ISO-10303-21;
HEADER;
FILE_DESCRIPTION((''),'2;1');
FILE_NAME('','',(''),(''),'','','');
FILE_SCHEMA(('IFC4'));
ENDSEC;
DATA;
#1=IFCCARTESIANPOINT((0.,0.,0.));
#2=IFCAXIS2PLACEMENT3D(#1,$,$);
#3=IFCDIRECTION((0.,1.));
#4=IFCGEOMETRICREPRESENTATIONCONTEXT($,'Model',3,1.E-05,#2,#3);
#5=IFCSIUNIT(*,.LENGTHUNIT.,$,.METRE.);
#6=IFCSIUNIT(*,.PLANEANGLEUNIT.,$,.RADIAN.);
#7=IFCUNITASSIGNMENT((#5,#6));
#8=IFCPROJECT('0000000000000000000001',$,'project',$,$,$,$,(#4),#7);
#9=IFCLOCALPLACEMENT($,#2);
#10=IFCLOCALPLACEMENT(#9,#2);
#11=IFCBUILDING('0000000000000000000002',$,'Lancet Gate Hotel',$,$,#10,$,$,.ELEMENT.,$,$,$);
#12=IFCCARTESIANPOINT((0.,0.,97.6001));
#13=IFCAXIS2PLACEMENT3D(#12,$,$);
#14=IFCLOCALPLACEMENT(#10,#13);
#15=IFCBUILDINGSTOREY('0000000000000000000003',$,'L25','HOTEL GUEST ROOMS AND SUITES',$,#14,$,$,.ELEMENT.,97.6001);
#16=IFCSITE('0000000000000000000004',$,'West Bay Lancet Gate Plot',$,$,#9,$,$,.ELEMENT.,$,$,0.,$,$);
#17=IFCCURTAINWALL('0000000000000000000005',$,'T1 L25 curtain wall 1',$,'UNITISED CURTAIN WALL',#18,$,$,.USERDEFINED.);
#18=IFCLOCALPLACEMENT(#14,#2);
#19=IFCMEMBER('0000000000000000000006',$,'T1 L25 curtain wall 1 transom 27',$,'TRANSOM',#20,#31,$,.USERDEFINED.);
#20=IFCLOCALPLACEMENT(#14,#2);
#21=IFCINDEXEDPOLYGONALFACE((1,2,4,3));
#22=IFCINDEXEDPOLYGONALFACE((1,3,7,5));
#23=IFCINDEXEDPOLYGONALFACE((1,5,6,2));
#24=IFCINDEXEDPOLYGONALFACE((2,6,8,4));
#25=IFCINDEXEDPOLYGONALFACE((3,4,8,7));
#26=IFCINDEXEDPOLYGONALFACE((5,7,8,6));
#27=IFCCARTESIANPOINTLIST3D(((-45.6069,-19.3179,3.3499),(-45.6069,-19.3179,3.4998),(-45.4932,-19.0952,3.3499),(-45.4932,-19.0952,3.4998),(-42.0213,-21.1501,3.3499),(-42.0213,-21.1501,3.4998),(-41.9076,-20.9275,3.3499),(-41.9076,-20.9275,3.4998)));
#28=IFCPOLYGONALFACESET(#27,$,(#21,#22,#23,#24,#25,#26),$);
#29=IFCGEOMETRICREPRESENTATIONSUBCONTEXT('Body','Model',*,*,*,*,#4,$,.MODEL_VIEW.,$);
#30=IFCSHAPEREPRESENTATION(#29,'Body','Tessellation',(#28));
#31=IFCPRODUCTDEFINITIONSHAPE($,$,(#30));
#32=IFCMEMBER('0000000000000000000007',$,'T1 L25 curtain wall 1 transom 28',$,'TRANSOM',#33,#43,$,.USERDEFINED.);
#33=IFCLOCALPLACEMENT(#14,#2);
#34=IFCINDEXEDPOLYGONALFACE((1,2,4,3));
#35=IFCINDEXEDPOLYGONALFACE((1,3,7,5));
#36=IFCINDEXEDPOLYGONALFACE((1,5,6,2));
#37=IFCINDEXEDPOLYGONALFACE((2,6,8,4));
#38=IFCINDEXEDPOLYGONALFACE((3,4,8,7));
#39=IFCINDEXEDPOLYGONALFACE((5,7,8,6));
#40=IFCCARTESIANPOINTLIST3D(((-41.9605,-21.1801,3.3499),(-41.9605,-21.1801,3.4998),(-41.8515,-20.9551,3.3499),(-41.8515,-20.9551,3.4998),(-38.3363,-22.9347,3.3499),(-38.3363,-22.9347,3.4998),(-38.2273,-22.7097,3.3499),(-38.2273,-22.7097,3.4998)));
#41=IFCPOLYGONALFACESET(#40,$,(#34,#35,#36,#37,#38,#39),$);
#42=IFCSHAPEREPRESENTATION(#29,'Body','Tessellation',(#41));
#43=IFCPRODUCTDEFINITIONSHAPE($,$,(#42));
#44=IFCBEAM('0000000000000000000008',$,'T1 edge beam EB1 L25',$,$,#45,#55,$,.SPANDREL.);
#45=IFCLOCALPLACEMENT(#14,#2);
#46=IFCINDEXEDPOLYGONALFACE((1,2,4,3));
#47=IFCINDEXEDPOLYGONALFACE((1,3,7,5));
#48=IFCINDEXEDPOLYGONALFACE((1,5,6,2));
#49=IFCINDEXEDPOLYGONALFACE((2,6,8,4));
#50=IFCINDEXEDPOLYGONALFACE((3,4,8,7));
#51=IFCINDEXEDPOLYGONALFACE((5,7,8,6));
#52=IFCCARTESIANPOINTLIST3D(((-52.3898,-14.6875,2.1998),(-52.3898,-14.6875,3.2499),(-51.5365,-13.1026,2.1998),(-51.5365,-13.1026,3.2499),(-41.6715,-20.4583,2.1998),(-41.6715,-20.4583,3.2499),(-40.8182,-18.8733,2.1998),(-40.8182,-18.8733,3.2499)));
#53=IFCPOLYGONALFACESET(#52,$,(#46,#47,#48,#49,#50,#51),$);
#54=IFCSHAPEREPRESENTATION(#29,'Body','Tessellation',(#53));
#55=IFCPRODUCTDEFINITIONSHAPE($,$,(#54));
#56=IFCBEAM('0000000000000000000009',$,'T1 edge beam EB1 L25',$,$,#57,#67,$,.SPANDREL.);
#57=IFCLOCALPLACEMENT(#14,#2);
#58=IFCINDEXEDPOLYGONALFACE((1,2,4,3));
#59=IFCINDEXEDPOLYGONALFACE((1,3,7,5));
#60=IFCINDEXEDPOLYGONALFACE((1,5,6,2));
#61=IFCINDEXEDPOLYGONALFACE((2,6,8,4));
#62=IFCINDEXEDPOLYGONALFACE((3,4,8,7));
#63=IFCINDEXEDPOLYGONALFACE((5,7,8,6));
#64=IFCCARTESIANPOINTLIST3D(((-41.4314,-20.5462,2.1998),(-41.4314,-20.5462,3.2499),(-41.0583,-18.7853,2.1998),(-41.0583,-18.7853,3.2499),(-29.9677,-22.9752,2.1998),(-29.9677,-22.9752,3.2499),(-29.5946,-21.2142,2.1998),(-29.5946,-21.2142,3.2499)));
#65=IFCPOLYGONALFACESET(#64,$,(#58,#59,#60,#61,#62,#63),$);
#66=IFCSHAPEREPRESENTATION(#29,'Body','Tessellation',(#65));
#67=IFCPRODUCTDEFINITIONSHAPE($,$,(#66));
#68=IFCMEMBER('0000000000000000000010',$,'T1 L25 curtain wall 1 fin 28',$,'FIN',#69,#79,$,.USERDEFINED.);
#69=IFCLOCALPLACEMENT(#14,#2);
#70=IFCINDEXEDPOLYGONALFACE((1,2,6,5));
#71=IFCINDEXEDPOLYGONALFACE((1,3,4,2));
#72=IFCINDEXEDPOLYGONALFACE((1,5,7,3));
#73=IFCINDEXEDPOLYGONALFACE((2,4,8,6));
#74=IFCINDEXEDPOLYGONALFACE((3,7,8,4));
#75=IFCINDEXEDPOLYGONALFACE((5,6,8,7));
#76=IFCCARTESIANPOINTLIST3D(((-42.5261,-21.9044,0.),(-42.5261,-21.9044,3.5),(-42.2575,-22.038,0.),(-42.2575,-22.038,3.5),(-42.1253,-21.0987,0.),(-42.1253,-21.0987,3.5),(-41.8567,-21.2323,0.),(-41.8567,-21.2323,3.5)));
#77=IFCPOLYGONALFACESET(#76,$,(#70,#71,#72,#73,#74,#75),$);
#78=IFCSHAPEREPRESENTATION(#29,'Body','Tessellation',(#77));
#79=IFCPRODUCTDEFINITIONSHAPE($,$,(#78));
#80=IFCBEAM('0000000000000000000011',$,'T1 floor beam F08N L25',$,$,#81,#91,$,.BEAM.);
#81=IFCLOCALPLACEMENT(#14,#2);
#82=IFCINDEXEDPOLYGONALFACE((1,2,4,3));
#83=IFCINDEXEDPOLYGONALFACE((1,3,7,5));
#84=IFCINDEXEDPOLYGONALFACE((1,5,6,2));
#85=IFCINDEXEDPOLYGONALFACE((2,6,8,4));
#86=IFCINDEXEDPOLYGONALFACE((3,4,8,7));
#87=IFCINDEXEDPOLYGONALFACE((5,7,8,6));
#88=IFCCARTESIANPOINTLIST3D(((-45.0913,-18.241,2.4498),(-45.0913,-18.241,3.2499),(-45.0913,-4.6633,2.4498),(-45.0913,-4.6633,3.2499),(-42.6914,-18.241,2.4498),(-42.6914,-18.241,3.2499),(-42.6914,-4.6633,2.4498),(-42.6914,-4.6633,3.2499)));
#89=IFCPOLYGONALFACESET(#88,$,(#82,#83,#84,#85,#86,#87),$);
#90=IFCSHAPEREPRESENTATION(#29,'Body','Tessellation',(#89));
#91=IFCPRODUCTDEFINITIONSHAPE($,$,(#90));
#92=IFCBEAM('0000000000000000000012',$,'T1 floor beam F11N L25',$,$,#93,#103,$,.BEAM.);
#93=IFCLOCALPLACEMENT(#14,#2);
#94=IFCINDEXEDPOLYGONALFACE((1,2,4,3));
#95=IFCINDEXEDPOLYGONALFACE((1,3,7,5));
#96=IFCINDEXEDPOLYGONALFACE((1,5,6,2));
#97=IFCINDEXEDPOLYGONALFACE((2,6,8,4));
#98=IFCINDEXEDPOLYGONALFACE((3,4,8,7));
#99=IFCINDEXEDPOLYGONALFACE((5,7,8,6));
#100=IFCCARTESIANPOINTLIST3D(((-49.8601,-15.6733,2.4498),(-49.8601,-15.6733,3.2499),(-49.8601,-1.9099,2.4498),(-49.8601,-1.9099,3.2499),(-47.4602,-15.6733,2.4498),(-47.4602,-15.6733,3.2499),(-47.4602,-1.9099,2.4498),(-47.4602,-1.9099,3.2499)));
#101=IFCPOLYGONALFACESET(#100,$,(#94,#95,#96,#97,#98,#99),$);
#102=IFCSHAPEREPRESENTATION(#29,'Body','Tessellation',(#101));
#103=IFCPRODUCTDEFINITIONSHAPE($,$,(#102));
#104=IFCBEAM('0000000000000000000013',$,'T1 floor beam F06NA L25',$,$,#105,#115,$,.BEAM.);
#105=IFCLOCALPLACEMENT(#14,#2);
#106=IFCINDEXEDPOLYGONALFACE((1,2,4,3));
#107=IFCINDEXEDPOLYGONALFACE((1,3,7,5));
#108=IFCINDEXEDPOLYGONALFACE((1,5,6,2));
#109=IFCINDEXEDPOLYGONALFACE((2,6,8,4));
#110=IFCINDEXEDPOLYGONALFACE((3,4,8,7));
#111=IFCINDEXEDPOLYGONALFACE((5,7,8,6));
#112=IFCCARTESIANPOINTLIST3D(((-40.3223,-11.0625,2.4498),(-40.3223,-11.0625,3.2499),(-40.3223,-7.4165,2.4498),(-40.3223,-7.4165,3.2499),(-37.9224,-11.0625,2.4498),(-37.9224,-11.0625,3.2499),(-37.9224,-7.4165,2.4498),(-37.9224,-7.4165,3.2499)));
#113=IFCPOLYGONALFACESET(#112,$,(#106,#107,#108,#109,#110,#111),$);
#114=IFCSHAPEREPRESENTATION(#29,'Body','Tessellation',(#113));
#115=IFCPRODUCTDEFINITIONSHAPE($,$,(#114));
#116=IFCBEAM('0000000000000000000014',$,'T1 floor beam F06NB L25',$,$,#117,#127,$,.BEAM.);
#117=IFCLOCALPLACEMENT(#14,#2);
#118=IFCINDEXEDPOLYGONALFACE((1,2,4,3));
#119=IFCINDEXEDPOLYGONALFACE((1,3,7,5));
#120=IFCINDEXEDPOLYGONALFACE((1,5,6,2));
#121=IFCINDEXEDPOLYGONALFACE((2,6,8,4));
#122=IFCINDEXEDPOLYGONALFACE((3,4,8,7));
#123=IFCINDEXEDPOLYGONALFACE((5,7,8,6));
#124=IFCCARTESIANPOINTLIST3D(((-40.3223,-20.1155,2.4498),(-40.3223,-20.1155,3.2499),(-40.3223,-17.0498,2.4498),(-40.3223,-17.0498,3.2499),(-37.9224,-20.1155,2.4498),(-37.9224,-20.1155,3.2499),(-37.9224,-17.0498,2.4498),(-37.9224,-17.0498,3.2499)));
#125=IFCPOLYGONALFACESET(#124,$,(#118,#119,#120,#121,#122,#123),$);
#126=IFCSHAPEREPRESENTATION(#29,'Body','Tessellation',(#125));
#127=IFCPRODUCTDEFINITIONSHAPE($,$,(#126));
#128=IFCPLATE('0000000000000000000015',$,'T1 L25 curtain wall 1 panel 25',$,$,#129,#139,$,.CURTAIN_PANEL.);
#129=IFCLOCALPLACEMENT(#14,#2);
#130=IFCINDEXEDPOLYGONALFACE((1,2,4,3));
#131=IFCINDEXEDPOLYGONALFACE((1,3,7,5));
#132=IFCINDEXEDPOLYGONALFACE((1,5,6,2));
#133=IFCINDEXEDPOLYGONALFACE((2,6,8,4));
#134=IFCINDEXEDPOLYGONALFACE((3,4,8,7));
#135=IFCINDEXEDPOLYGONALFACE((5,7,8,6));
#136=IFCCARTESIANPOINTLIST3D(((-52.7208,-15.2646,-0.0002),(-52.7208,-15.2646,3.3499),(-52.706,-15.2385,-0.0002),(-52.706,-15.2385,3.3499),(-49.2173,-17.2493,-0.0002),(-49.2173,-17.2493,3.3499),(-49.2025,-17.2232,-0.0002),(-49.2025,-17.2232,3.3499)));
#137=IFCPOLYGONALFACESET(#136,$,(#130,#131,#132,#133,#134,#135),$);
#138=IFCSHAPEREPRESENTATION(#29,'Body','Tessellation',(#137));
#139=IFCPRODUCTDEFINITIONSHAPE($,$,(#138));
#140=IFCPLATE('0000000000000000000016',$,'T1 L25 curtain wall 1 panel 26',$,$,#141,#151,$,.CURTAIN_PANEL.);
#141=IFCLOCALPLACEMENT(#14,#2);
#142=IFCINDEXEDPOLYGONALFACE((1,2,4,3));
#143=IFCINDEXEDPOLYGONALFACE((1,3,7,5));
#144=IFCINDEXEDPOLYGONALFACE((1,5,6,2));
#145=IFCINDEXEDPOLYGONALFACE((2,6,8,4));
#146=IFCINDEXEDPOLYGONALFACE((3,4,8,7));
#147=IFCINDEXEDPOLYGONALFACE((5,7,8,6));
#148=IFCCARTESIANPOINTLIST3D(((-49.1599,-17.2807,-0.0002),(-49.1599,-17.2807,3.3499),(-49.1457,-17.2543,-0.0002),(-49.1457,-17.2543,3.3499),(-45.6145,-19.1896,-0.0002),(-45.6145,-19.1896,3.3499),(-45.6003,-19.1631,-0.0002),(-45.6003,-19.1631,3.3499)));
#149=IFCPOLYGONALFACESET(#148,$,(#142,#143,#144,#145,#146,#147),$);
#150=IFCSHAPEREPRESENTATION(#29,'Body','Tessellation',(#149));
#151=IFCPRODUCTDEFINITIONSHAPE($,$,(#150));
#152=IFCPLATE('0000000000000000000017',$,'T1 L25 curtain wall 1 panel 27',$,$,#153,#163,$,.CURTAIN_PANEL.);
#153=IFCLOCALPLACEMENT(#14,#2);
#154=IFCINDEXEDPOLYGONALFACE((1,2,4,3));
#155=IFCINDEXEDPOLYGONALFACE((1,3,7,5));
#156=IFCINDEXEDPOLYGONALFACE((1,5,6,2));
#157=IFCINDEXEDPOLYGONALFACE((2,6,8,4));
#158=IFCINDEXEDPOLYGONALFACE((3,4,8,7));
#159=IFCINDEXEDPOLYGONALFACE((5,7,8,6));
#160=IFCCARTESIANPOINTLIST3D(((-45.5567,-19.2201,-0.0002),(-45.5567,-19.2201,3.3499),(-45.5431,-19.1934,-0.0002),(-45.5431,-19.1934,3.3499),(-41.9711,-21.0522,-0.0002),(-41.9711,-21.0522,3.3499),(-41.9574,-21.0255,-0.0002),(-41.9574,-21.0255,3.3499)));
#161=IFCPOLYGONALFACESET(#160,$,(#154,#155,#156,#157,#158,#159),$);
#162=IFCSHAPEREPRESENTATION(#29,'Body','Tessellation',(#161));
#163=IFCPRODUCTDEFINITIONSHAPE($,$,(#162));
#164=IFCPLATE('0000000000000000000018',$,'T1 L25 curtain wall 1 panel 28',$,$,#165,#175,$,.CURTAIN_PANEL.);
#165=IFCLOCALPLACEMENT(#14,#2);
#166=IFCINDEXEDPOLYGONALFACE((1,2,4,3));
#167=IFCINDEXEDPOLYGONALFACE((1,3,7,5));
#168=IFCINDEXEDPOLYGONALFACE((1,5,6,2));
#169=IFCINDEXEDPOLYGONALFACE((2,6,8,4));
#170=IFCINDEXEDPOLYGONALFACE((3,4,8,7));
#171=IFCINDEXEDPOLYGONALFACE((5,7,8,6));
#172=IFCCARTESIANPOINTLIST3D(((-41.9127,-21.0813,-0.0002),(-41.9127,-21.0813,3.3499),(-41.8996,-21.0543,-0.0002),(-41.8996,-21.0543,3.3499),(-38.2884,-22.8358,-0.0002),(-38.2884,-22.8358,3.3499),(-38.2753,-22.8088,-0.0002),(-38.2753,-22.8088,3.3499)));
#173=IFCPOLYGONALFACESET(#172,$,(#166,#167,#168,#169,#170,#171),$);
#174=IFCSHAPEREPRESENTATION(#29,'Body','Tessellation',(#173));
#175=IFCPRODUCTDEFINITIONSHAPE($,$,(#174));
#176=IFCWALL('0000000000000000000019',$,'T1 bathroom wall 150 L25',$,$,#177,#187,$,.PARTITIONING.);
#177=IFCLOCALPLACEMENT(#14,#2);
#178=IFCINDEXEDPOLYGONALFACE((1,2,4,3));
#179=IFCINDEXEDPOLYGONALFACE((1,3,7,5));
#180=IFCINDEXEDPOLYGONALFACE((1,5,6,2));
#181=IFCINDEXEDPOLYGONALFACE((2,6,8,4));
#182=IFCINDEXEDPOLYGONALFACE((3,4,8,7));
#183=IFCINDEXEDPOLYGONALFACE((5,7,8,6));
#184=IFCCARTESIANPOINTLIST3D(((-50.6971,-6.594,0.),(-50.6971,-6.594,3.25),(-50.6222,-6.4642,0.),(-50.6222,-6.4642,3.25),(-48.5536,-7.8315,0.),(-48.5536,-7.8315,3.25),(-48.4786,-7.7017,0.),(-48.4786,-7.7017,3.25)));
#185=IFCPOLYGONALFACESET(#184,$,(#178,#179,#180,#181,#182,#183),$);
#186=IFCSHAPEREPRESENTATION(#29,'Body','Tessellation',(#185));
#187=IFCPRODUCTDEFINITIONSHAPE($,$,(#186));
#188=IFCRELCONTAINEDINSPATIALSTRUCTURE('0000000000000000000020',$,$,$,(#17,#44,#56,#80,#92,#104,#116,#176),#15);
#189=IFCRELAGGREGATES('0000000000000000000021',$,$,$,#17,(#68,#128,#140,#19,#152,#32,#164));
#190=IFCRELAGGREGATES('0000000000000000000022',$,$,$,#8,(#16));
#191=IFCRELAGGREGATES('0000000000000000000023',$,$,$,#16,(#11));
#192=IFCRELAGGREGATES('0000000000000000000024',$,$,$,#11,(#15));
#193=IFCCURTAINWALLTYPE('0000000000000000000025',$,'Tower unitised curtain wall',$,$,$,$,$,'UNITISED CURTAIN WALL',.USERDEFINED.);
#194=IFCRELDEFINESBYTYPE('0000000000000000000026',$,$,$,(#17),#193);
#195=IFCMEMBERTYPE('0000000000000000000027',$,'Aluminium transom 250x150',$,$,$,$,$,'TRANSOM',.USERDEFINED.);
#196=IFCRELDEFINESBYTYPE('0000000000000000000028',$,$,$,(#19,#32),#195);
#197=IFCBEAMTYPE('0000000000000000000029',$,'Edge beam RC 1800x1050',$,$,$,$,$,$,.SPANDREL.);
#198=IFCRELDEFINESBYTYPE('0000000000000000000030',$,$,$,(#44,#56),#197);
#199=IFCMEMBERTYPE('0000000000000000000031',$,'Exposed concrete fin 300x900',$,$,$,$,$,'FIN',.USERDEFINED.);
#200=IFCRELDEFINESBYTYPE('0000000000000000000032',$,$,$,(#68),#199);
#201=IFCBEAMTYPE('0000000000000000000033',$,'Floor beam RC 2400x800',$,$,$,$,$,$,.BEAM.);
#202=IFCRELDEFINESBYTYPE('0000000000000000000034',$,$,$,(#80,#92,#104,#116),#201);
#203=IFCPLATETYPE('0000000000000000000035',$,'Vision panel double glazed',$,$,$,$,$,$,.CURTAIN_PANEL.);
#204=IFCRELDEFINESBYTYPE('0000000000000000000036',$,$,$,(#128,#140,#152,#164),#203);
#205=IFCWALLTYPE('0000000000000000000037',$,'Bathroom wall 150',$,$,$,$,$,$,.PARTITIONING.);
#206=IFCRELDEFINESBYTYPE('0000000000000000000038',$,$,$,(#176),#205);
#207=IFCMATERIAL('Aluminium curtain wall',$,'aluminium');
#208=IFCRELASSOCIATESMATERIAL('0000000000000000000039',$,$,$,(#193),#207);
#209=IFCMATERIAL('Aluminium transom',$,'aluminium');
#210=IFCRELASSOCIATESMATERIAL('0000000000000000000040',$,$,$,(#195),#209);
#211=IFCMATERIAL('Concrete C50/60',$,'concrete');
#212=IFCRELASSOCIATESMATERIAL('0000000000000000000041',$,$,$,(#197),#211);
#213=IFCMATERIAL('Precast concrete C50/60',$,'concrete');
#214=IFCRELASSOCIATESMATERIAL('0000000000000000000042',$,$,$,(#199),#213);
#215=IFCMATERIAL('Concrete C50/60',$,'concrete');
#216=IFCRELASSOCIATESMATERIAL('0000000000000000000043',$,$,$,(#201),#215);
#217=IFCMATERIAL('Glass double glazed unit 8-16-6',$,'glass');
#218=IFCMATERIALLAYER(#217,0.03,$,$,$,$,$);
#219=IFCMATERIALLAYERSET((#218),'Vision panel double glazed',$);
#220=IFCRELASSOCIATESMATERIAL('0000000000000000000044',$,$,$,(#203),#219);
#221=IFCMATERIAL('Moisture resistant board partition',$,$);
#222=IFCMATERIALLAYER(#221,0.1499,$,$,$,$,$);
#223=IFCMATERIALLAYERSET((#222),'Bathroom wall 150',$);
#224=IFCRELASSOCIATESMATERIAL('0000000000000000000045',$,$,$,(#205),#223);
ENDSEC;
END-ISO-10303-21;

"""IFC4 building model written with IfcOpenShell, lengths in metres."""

from ifc_helpers import new_model, si_unit, direction, frame, frame_2d, origin, origin_2d, place, context, subcontext, project, spatial, rectangle, extrude, material, layer, layer_set, material_profile, profile_set, type_object, element, aggregate, save


model = new_model("IFC4")

# Units and contexts
model_context = context("Model", 3, precision=1e-05, world=origin(), true_north=direction((0.0, 1.0)))
body_context = subcontext(model_context, "Body", "Model", "MODEL_VIEW")
ifc_project = project(units=[si_unit("LENGTHUNIT", "METRE"), si_unit("PLANEANGLEUNIT", "RADIAN")], contexts=[model_context])

# Site, building, storey
site_placement = place(None, origin())
site = spatial("IfcSite", under=ifc_project, at=site_placement, Name="West Bay Lancet Gate Plot", CompositionType="ELEMENT", RefElevation=0.0)
building_placement = place(site_placement, origin())
building = spatial("IfcBuilding", under=site, at=building_placement, Name="Lancet Gate Hotel", CompositionType="ELEMENT")
storey_placement = place(building_placement, frame((0.0, 0.0, 97.6001)))
storey = spatial("IfcBuildingStorey", under=building, at=storey_placement, Name="L25", Description="HOTEL GUEST ROOMS AND SUITES", CompositionType="ELEMENT", Elevation=97.6001)

# Curtain wall, members
ifc_material_1 = material(Name="Aluminium curtain wall", Category="aluminium")
curtain_wall_type = type_object("IfcCurtainWallType", Name="Tower unitised curtain wall", ElementType="UNITISED CURTAIN WALL", PredefinedType="USERDEFINED", material=ifc_material_1)
curtain_wall_placement = place(storey_placement, origin())
curtain_wall = element("IfcCurtainWall", 1, at=curtain_wall_placement, inside=storey, type_object=curtain_wall_type, Name="T1 L25 curtain wall 1", ObjectType="UNITISED CURTAIN WALL", PredefinedType="USERDEFINED")
ifc_material_2 = material(Name="Aluminium transom", Category="aluminium")
ifc_material_profile_1 = material_profile(ifc_material_2, rectangle(XDim=0.25, YDim=0.1499, at=origin_2d()), Name="TRANSOM 250x150")
ifc_profile_set_1 = profile_set([ifc_material_profile_1], Name="Aluminium transom")
member_type_1 = type_object("IfcMemberType", Name="Aluminium transom 250x150", ElementType="TRANSOM", PredefinedType="USERDEFINED", material=ifc_profile_set_1)
member_1_placement = place(storey_placement, frame((-45.55, -19.2065, 3.4248), z_axis=(0.890476, -0.45503, 0.0), x_axis=(0.45503, 0.890476, 0.0)))
member_1 = element("IfcMember", 2, at=member_1_placement, type_object=member_type_1, Name="T1 L25 curtain wall 1 transom 27", ObjectType="TRANSOM", PredefinedType="USERDEFINED", context=body_context, shape_type="SweptSolid", body=[
    extrude(rectangle(XDim=0.25, YDim=0.1499, at=origin_2d()), origin(), (0.0, 0.0, 1.0), 4.0266),
])
member_2_placement = place(storey_placement, frame((-41.906, -21.0676, 3.4248), z_axis=(0.900066, -0.435754, 0.0), x_axis=(0.435754, 0.900066, 0.0)))
member_2 = element("IfcMember", 3, at=member_2_placement, type_object=member_type_1, Name="T1 L25 curtain wall 1 transom 28", ObjectType="TRANSOM", PredefinedType="USERDEFINED", context=body_context, shape_type="SweptSolid", body=[
    extrude(rectangle(XDim=0.25, YDim=0.1499, at=origin_2d()), origin(), (0.0, 0.0, 1.0), 4.0266),
])

# Beams
ifc_material_3 = material(Name="Concrete C50/60", Category="concrete")
ifc_material_profile_2 = material_profile(ifc_material_3, rectangle(XDim=1.8, YDim=1.05, at=origin_2d()), Name="RC 1800x1050")
ifc_profile_set_2 = profile_set([ifc_material_profile_2], Name="Concrete C50/60")
beam_type_1 = type_object("IfcBeamType", Name="Edge beam RC 1800x1050", PredefinedType="SPANDREL", material=ifc_profile_set_2)
beam_1_placement = place(storey_placement, frame((-51.9631, -13.895, 2.7249), z_axis=(0.880492, -0.47406, 0.0), x_axis=(0.47406, 0.880492, 0.0)))
element("IfcBeam", 4, at=beam_1_placement, inside=storey, type_object=beam_type_1, Name="T1 edge beam EB1 L25", PredefinedType="SPANDREL", context=body_context, shape_type="SweptSolid", body=[
    extrude(rectangle(XDim=1.8, YDim=1.05, at=origin_2d()), origin(), (0.0, 0.0, 1.0), 12.1731),
])
beam_2_placement = place(storey_placement, frame((-41.2449, -19.6658, 2.7249), z_axis=(0.978282, -0.207278, 0.0), x_axis=(0.207278, 0.978282, 0.0)))
element("IfcBeam", 5, at=beam_2_placement, inside=storey, type_object=beam_type_1, Name="T1 edge beam EB1 L25", PredefinedType="SPANDREL", context=body_context, shape_type="SweptSolid", body=[
    extrude(rectangle(XDim=1.8, YDim=1.05, at=origin_2d()), origin(), (0.0, 0.0, 1.0), 11.7183),
])

# Member
ifc_material_4 = material(Name="Precast concrete C50/60", Category="concrete")
ifc_material_profile_3 = material_profile(ifc_material_4, rectangle(XDim=0.3, YDim=0.8999, at=origin_2d()), Name="FIN 300x900")
ifc_profile_set_3 = profile_set([ifc_material_profile_3], Name="Precast concrete C50/60")
member_type_2 = type_object("IfcMemberType", Name="Exposed concrete fin 300x900", ElementType="FIN", PredefinedType="USERDEFINED", material=ifc_profile_set_3)
member_3_placement = place(storey_placement, frame((-42.1914, -21.5684, 0.0), z_axis=(0.0, 0.0, 1.0), x_axis=(0.895339, -0.445384, 0.0)))
member_3 = element("IfcMember", 6, at=member_3_placement, type_object=member_type_2, Name="T1 L25 curtain wall 1 fin 28", ObjectType="FIN", PredefinedType="USERDEFINED", context=body_context, shape_type="SweptSolid", body=[
    extrude(rectangle(XDim=0.3, YDim=0.8999, at=origin_2d()), origin(), (0.0, 0.0, 1.0), 3.5),
])

# Beams
ifc_material_5 = material(Name="Concrete C50/60", Category="concrete")
ifc_material_profile_4 = material_profile(ifc_material_5, rectangle(XDim=2.3999, YDim=0.8, at=origin_2d()), Name="RC 2400x800")
ifc_profile_set_4 = profile_set([ifc_material_profile_4], Name="Concrete C50/60")
beam_type_2 = type_object("IfcBeamType", Name="Floor beam RC 2400x800", PredefinedType="BEAM", material=ifc_profile_set_4)
beam_3_placement = place(storey_placement, frame((-43.8914, -4.6633, 2.8499), z_axis=(0.0, -1.0, 0.0), x_axis=(1.0, 0.0, 0.0)))
element("IfcBeam", 7, at=beam_3_placement, inside=storey, type_object=beam_type_2, Name="T1 floor beam F08N L25", PredefinedType="BEAM", context=body_context, shape_type="SweptSolid", body=[
    extrude(rectangle(XDim=2.3999, YDim=0.8, at=origin_2d()), origin(), (0.0, 0.0, 1.0), 13.5776),
])
beam_4_placement = place(storey_placement, frame((-48.6602, -1.9099, 2.8499), z_axis=(0.0, -1.0, 0.0), x_axis=(1.0, 0.0, 0.0)))
element("IfcBeam", 8, at=beam_4_placement, inside=storey, type_object=beam_type_2, Name="T1 floor beam F11N L25", PredefinedType="BEAM", context=body_context, shape_type="SweptSolid", body=[
    extrude(rectangle(XDim=2.3999, YDim=0.8, at=origin_2d()), origin(), (0.0, 0.0, 1.0), 13.7634),
])
beam_5_placement = place(storey_placement, frame((-39.1223, -7.4165, 2.8499), z_axis=(0.0, -1.0, 0.0), x_axis=(1.0, 0.0, 0.0)))
element("IfcBeam", 9, at=beam_5_placement, inside=storey, type_object=beam_type_2, Name="T1 floor beam F06NA L25", PredefinedType="BEAM", context=body_context, shape_type="SweptSolid", body=[
    extrude(rectangle(XDim=2.3999, YDim=0.8, at=origin_2d()), origin(), (0.0, 0.0, 1.0), 3.646),
])
beam_6_placement = place(storey_placement, frame((-39.1223, -17.0498, 2.8499), z_axis=(0.0, -1.0, 0.0), x_axis=(1.0, 0.0, 0.0)))
element("IfcBeam", 10, at=beam_6_placement, inside=storey, type_object=beam_type_2, Name="T1 floor beam F06NB L25", PredefinedType="BEAM", context=body_context, shape_type="SweptSolid", body=[
    extrude(rectangle(XDim=2.3999, YDim=0.8, at=origin_2d()), origin(), (0.0, 0.0, 1.0), 3.0657),
])

# Plates
ifc_material_6 = material(Name="Glass double glazed unit 8-16-6", Category="glass")
ifc_layer_1 = layer(ifc_material_6, 0.03)
ifc_layer_set_1 = layer_set([ifc_layer_1], Name="Vision panel double glazed")
plate_type = type_object("IfcPlateType", Name="Vision panel double glazed", PredefinedType="CURTAIN_PANEL", material=ifc_layer_set_1)
plate_1_placement = place(storey_placement, frame((-50.9617, -16.2439, -0.0002), z_axis=(0.0, 0.0, 1.0), x_axis=(0.870084, -0.492904, 0.0)))
plate_1 = element("IfcPlate", 11, at=plate_1_placement, type_object=plate_type, Name="T1 L25 curtain wall 1 panel 25", PredefinedType="CURTAIN_PANEL", context=body_context, shape_type="SweptSolid", body=[
    extrude(rectangle(XDim=4.0266, YDim=0.03, at=origin_2d()), origin(), (0.0, 0.0, 1.0), 3.3501),
])
plate_2_placement = place(storey_placement, frame((-47.3801, -18.2219, -0.0002), z_axis=(0.0, 0.0, 1.0), x_axis=(0.880493, -0.47406, 0.0)))
plate_2 = element("IfcPlate", 12, at=plate_2_placement, type_object=plate_type, Name="T1 L25 curtain wall 1 panel 26", PredefinedType="CURTAIN_PANEL", context=body_context, shape_type="SweptSolid", body=[
    extrude(rectangle(XDim=4.0266, YDim=0.03, at=origin_2d()), origin(), (0.0, 0.0, 1.0), 3.3501),
])
plate_3_placement = place(storey_placement, frame((-43.7571, -20.1228, -0.0002), z_axis=(0.0, 0.0, 1.0), x_axis=(0.890493, -0.454996, 0.0)))
plate_3 = element("IfcPlate", 13, at=plate_3_placement, type_object=plate_type, Name="T1 L25 curtain wall 1 panel 27", PredefinedType="CURTAIN_PANEL", context=body_context, shape_type="SweptSolid", body=[
    extrude(rectangle(XDim=4.0266, YDim=0.03, at=origin_2d()), origin(), (0.0, 0.0, 1.0), 3.3501),
])
plate_4_placement = place(storey_placement, frame((-40.094, -21.9451, -0.0002), z_axis=(0.0, 0.0, 1.0), x_axis=(0.900082, -0.435721, 0.0)))
plate_4 = element("IfcPlate", 14, at=plate_4_placement, type_object=plate_type, Name="T1 L25 curtain wall 1 panel 28", PredefinedType="CURTAIN_PANEL", context=body_context, shape_type="SweptSolid", body=[
    extrude(rectangle(XDim=4.0266, YDim=0.03, at=origin_2d()), origin(), (0.0, 0.0, 1.0), 3.3501),
])
aggregate(curtain_wall, [member_3, plate_1, plate_2, member_1, plate_3, member_2, plate_4])

# Wall
ifc_material_7 = material(Name="Moisture resistant board partition")
ifc_layer_2 = layer(ifc_material_7, 0.1499)
ifc_layer_set_2 = layer_set([ifc_layer_2], Name="Bathroom wall 150")
wall_type_1 = type_object("IfcWallType", Name="Bathroom wall 150", PredefinedType="PARTITIONING", material=ifc_layer_set_2)
wall_1_placement = place(storey_placement, frame((-48.5161, -7.7666, 0.0), z_axis=(0.0, 0.0, 1.0), x_axis=(-0.866031, 0.49999, 0.0)))
element("IfcWall", 15, at=wall_1_placement, inside=storey, type_object=wall_type_1, Name="T1 bathroom wall 150 L25", PredefinedType="PARTITIONING", context=body_context, shape_type="SweptSolid", body=[
    extrude(rectangle(XDim=2.4751, YDim=0.1499, at=frame_2d((1.2375, 0.0))), origin(), (0.0, 0.0, 1.0), 3.25),
])

save(model, "model.ifc")
